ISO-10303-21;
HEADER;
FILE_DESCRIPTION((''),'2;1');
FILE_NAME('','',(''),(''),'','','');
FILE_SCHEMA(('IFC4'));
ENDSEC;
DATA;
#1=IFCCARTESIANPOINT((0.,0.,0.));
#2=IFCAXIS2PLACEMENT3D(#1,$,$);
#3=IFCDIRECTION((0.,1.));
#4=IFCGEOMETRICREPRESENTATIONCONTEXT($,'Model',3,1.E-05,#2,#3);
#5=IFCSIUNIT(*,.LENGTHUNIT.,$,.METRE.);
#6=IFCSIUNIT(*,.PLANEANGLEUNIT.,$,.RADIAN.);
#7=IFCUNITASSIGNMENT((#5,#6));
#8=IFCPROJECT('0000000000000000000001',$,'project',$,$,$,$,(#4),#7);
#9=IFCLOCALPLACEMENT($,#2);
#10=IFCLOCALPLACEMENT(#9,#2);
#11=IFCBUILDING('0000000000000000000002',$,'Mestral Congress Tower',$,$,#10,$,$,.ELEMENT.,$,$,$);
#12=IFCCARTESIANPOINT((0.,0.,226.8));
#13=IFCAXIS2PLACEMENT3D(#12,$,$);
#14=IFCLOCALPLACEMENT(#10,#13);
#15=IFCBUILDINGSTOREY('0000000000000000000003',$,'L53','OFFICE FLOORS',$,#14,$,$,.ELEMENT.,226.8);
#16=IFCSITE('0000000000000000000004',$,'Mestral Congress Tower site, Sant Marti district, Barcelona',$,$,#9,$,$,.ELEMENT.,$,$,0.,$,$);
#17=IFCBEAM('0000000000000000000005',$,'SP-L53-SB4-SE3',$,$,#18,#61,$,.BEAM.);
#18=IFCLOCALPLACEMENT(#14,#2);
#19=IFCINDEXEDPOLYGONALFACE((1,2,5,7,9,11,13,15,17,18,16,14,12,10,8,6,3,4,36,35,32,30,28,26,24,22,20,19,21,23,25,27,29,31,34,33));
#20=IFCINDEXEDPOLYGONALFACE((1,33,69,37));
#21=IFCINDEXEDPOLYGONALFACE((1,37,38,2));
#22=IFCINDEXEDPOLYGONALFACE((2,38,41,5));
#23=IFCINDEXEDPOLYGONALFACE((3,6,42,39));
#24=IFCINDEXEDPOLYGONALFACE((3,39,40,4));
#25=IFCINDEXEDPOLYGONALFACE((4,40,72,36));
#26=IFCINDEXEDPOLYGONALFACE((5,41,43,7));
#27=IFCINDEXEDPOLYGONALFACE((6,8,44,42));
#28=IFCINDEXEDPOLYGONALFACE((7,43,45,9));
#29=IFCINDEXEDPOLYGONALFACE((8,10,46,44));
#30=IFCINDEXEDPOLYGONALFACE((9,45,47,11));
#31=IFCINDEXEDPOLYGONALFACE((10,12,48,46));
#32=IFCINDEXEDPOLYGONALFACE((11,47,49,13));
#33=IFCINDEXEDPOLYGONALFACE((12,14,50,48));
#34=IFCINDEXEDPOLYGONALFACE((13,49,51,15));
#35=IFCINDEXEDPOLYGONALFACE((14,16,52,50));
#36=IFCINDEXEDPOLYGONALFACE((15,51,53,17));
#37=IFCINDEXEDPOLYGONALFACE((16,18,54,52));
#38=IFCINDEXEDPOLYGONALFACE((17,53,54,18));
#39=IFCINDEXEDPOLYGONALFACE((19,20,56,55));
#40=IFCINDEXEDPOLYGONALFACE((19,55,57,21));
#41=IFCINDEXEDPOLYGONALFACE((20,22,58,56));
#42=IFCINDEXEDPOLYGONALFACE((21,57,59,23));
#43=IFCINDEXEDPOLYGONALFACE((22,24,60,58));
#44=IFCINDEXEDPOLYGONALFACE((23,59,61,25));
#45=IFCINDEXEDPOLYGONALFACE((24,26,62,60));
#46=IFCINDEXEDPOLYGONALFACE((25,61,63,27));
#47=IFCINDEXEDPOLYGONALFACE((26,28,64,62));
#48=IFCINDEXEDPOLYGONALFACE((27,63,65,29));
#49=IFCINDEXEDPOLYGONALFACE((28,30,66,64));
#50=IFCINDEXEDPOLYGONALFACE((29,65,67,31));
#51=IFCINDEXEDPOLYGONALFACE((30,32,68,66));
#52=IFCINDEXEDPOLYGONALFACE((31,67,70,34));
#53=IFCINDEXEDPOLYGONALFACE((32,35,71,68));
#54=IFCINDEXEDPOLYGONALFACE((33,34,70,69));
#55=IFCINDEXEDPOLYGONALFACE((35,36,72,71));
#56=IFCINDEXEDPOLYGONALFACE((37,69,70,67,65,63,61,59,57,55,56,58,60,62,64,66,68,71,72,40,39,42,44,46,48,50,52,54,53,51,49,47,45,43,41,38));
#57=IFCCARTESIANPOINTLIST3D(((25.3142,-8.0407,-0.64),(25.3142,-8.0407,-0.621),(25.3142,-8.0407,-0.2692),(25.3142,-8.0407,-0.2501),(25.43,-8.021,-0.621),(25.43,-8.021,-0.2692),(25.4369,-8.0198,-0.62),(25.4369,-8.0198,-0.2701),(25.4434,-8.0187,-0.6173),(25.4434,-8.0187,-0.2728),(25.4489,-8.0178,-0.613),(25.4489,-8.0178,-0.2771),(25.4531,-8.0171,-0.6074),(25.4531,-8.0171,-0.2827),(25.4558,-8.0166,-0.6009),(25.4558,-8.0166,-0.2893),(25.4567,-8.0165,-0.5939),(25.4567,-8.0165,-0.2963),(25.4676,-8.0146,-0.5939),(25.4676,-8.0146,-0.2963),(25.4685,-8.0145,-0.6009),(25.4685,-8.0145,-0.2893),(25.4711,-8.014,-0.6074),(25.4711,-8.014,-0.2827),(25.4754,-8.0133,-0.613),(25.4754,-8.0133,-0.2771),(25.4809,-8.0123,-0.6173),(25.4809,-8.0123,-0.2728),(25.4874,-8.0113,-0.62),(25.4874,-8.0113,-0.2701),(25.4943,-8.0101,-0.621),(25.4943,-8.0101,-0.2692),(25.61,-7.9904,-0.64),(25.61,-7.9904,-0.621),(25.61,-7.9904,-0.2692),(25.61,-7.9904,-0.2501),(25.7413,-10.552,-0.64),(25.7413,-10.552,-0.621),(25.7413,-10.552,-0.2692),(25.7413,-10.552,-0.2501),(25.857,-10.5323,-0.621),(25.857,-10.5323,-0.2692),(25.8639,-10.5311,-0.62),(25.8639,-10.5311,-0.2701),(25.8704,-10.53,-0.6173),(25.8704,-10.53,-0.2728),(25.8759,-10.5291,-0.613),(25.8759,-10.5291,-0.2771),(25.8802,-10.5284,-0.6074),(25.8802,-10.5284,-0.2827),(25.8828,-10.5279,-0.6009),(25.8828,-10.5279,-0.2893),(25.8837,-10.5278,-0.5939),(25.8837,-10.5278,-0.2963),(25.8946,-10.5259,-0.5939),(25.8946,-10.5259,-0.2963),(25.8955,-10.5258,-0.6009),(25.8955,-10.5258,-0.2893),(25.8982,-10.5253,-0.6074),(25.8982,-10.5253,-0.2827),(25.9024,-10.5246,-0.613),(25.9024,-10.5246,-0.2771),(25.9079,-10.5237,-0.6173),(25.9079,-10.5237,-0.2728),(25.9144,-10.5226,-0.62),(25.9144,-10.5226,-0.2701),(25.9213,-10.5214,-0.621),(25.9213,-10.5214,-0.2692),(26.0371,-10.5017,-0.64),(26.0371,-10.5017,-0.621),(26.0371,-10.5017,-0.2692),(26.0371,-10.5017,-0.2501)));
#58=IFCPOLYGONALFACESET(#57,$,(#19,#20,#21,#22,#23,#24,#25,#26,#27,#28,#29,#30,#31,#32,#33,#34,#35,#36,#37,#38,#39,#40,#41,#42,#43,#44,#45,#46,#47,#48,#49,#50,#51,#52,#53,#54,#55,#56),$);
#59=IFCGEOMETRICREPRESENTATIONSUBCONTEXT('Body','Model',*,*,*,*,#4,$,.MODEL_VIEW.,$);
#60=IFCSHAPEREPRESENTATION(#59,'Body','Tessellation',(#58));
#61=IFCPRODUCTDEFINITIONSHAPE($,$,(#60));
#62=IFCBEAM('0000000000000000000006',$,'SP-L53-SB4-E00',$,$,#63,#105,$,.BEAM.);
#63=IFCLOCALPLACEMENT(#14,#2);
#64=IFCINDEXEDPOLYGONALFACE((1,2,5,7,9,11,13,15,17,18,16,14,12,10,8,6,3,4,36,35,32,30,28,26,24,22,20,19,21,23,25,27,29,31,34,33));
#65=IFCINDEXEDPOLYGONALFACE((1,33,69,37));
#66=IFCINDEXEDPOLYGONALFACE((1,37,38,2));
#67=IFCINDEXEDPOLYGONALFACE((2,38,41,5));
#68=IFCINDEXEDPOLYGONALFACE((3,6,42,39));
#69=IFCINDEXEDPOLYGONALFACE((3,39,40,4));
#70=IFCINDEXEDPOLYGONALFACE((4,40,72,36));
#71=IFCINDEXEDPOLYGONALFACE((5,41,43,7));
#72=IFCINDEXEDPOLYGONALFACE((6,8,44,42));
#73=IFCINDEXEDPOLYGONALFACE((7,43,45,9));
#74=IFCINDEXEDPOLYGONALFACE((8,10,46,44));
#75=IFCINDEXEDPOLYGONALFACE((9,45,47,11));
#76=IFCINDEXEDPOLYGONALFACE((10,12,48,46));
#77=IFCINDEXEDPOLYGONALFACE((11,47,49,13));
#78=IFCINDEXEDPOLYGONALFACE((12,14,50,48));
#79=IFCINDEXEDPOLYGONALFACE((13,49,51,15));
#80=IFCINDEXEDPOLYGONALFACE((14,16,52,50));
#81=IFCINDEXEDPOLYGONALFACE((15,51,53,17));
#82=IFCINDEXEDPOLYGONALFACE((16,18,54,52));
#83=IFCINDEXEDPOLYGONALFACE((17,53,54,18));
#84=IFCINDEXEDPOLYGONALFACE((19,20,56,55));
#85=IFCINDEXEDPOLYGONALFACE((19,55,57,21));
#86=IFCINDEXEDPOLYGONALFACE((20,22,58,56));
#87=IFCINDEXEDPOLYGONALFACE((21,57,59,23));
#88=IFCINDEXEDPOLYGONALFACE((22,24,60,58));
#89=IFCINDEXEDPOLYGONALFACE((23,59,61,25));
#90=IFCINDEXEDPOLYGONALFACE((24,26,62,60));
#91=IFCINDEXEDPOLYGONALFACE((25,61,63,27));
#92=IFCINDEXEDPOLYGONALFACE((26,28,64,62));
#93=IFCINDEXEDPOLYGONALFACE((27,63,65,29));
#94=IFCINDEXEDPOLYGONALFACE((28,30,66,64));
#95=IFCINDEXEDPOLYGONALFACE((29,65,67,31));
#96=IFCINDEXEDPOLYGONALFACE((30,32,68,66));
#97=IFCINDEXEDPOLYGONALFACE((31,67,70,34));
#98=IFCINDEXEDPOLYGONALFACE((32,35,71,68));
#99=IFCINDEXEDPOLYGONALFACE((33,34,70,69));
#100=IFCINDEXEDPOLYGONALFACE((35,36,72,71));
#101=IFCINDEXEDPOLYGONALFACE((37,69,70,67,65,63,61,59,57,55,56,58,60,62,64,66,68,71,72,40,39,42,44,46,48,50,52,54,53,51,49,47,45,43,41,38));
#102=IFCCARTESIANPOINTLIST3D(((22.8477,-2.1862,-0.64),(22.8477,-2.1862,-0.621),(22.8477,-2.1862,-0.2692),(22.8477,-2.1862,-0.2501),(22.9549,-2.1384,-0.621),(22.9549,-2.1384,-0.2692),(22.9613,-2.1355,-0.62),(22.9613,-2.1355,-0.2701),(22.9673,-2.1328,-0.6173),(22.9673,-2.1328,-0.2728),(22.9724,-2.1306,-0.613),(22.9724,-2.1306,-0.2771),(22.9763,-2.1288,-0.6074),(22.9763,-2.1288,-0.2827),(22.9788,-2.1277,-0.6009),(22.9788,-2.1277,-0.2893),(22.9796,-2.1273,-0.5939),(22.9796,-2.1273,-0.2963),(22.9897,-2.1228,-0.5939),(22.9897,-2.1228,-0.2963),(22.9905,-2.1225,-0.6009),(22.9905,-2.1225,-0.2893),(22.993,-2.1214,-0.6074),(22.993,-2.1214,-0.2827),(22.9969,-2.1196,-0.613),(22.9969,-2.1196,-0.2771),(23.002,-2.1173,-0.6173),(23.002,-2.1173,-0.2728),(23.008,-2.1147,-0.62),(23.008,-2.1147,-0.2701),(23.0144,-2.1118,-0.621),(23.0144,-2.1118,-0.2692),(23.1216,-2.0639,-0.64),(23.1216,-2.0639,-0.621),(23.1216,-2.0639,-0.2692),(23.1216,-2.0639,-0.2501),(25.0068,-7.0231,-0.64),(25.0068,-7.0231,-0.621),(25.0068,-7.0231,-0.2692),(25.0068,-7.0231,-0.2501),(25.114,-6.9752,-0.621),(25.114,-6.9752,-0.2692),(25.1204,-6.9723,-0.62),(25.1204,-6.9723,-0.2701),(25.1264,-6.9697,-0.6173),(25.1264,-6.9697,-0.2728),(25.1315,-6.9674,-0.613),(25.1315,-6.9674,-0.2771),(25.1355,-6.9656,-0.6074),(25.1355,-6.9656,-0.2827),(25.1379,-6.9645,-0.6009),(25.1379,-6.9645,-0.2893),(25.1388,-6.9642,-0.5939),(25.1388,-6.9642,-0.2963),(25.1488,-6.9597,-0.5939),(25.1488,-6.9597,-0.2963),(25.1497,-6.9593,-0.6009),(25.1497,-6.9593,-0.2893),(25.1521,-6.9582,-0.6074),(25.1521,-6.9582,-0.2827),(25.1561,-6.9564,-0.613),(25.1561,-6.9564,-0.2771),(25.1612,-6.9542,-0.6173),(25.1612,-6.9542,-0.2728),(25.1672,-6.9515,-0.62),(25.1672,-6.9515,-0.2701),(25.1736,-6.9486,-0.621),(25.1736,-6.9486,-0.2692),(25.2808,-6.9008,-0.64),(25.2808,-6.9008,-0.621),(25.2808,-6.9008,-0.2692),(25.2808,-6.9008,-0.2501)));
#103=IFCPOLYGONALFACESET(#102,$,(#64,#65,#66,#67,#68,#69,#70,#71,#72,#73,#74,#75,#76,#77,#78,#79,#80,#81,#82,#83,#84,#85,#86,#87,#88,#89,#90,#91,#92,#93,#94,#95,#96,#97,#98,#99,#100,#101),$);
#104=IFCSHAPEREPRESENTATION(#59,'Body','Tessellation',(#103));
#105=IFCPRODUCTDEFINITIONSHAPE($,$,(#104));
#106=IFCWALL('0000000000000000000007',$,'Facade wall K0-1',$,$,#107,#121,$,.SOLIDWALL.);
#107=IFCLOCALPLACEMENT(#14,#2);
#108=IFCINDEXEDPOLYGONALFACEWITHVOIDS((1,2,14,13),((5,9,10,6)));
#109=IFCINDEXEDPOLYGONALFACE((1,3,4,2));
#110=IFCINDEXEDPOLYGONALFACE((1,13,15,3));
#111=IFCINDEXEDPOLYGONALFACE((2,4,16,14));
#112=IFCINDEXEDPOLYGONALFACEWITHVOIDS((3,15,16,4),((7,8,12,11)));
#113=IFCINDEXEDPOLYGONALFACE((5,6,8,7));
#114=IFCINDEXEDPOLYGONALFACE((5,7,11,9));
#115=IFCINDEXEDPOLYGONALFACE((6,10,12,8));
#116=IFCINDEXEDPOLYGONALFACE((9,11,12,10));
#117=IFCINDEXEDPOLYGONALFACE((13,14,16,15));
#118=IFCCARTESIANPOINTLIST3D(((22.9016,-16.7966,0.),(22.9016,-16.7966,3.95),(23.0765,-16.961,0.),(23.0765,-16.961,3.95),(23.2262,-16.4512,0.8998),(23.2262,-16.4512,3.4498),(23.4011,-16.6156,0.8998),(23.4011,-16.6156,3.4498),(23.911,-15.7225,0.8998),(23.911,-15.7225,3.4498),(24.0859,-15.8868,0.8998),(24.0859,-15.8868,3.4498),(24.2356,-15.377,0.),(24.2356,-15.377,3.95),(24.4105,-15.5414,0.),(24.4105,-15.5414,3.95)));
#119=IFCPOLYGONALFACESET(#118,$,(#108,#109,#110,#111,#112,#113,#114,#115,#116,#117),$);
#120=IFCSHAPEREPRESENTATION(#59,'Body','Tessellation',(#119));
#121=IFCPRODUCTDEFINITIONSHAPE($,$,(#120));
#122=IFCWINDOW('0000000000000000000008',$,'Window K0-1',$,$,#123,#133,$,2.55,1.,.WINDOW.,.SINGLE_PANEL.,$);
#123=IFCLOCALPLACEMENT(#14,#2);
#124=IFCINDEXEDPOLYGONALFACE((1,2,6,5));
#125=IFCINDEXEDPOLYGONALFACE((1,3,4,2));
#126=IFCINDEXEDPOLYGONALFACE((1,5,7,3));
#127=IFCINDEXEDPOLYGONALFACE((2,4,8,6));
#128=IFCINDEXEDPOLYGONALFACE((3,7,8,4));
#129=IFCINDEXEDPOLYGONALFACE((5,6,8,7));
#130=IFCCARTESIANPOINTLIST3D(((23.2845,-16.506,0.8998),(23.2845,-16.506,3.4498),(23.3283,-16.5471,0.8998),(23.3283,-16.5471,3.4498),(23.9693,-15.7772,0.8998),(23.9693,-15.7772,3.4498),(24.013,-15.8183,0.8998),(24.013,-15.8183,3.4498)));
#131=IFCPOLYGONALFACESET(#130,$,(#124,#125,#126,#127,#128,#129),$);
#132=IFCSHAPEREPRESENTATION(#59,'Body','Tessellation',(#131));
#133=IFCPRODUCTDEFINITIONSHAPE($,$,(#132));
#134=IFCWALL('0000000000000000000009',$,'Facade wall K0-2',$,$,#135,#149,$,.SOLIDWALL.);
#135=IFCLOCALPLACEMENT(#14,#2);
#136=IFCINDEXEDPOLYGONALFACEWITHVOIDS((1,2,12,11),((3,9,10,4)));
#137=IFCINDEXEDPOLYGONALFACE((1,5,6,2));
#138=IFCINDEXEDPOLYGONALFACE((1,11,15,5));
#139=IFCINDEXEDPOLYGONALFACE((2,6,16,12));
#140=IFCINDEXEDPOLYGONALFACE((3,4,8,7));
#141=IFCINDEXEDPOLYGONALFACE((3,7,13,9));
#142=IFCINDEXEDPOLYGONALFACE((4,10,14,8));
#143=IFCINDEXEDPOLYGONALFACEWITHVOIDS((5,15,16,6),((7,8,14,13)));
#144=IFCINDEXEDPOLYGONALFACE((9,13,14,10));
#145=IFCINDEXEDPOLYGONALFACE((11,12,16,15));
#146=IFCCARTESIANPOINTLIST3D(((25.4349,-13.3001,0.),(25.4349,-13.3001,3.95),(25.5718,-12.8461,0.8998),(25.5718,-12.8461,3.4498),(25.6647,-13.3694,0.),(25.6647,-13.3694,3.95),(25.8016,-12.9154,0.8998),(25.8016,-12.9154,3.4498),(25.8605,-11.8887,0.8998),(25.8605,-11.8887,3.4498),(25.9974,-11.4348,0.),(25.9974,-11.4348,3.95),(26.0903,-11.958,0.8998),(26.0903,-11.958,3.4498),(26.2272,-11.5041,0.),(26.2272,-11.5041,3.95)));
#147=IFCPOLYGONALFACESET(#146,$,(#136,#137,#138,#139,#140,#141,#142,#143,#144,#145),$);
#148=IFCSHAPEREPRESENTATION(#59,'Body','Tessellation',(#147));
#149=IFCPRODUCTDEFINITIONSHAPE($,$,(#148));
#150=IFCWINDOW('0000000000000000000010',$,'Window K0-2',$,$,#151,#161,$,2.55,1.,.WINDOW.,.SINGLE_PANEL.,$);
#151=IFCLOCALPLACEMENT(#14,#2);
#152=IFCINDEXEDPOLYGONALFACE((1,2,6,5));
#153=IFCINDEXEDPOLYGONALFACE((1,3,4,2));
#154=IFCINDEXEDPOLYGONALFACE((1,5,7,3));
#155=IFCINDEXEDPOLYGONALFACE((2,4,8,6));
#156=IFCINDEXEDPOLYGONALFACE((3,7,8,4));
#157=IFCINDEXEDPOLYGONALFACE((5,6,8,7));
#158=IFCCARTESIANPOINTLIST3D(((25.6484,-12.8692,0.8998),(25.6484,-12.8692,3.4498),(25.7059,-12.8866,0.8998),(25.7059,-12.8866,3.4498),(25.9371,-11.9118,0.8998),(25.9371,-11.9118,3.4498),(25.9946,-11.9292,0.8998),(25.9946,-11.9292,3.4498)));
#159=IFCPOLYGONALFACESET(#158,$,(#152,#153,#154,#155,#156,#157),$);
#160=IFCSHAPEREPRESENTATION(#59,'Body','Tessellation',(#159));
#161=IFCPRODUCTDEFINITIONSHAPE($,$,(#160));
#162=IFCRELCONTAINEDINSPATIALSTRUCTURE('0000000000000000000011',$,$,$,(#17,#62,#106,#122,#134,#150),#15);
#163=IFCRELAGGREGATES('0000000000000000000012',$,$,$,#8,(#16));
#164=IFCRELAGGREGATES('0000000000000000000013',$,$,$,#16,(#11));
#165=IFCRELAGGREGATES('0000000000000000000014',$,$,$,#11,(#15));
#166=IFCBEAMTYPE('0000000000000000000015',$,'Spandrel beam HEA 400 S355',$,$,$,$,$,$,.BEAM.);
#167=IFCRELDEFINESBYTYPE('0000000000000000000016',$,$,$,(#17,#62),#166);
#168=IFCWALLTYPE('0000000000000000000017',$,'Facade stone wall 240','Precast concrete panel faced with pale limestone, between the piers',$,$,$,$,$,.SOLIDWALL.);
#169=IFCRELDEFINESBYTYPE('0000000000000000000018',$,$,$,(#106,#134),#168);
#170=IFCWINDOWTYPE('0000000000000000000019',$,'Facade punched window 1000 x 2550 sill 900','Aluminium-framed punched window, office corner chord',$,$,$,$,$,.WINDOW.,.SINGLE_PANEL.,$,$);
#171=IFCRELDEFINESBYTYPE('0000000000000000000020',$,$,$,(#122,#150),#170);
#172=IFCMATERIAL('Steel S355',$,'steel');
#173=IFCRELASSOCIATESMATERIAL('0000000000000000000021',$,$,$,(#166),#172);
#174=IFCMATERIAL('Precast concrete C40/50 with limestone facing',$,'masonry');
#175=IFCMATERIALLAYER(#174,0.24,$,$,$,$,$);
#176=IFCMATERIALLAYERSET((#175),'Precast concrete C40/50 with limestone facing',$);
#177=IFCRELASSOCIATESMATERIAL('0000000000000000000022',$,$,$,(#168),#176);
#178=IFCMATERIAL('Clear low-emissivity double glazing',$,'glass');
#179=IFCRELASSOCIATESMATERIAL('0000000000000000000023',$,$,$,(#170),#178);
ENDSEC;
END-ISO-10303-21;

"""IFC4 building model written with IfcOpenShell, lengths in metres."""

from ifc_helpers import new_model, si_unit, direction, frame, frame_2d, origin, origin_2d, place, context, subcontext, project, spatial, rectangle, i_section, extrude, material, layer, layer_set, material_profile, profile_set, type_object, element, fill, save


model = new_model("IFC4")

# Units and contexts
model_context = context("Model", 3, precision=1e-05, world=origin(), true_north=direction((0.0, 1.0)))
body_context = subcontext(model_context, "Body", "Model", "MODEL_VIEW")
ifc_project = project(units=[si_unit("LENGTHUNIT", "METRE"), si_unit("PLANEANGLEUNIT", "RADIAN")], contexts=[model_context])

# Site, building, storey
site_placement = place(None, origin())
site = spatial("IfcSite", under=ifc_project, at=site_placement, Name="Mestral Congress Tower site, Sant Marti district, Barcelona", CompositionType="ELEMENT", RefElevation=0.0)
building_placement = place(site_placement, origin())
building = spatial("IfcBuilding", under=site, at=building_placement, Name="Mestral Congress Tower", CompositionType="ELEMENT")
storey_placement = place(building_placement, frame((0.0, 0.0, 226.8)))
storey = spatial("IfcBuildingStorey", under=building, at=storey_placement, Name="L53", Description="OFFICE FLOORS", CompositionType="ELEMENT", Elevation=226.8)

# Beams
ifc_material_1 = material(Name="Steel S355", Category="steel")
ifc_material_profile_1 = material_profile(ifc_material_1, i_section(OverallWidth=0.3, OverallDepth=0.3899, WebThickness=0.011, FlangeThickness=0.019, FilletRadius=0.0271, at=origin_2d()), Name="HEA 400")
ifc_profile_set_1 = profile_set([ifc_material_profile_1], Name="Steel S355")
beam_type_1 = type_object("IfcBeamType", Name="Spandrel beam HEA 400 S355", PredefinedType="BEAM", material=ifc_profile_set_1)
beam_1_placement = place(storey_placement, frame((25.8892, -10.5269, -0.4451), z_axis=(-0.167631, 0.98585, 0.0), x_axis=(-0.98585, -0.167631, 0.0)))
element("IfcBeam", 1, at=beam_1_placement, inside=storey, type_object=beam_type_1, Name="SP-L53-SB4-SE3", PredefinedType="BEAM", context=body_context, shape_type="SweptSolid", body=[
    extrude(i_section(OverallWidth=0.3, OverallDepth=0.3899, WebThickness=0.011, FlangeThickness=0.019, FilletRadius=0.0271, at=origin_2d()), origin(), (0.0, 0.0, 1.0), 2.5474),
])
beam_2_placement = place(storey_placement, frame((25.1438, -6.9619, -0.4451), z_axis=(-0.407626, 0.913149, 0.0), x_axis=(-0.913149, -0.407626, 0.0)))
element("IfcBeam", 2, at=beam_2_placement, inside=storey, type_object=beam_type_1, Name="SP-L53-SB4-E00", PredefinedType="BEAM", context=body_context, shape_type="SweptSolid", body=[
    extrude(i_section(OverallWidth=0.3, OverallDepth=0.3899, WebThickness=0.011, FlangeThickness=0.019, FilletRadius=0.0271, at=origin_2d()), origin(), (0.0, 0.0, 1.0), 5.2969),
])

# Walls, openings, windows
ifc_material_2 = material(Name="Precast concrete C40/50 with limestone facing", Category="masonry")
ifc_layer_1 = layer(ifc_material_2, 0.24)
ifc_layer_set_1 = layer_set([ifc_layer_1], Name="Precast concrete C40/50 with limestone facing")
wall_type_1 = type_object("IfcWallType", Name="Facade stone wall 240", Description="Precast concrete panel faced with pale limestone, between the piers", PredefinedType="SOLIDWALL", material=ifc_layer_set_1)
wall_1_placement = place(storey_placement, frame((22.989, -16.8789, 0.0), z_axis=(0.0, 0.0, 1.0), x_axis=(0.68477, 0.728759, 0.0)))
wall_1 = element("IfcWall", 3, at=wall_1_placement, inside=storey, type_object=wall_type_1, Name="Facade wall K0-1", PredefinedType="SOLIDWALL", context=body_context, shape_type="SweptSolid", body=[
    extrude(rectangle(XDim=1.948, YDim=0.24, at=frame_2d((0.9741, 0.0))), origin(), (0.0, 0.0, 1.0), 3.95),
])
opening_1_placement = place(wall_1_placement, frame((0.4741, 0.0, 0.8999)))
opening_1 = element("IfcOpeningElement", 4, at=opening_1_placement, cuts=wall_1, PredefinedType="OPENING", context=body_context, shape_type="SweptSolid", body=[
    extrude(rectangle(XDim=1.0, YDim=2.55, at=frame_2d((0.5, 1.2749))), frame((0.0, 0.1299, 0.0), z_axis=(0.0, -1.0, 0.0), x_axis=(1.0, 0.0, 0.0)), (0.0, 0.0, 1.0), 0.26),
])
ifc_material_3 = material(Name="Clear low-emissivity double glazing", Category="glass")
window_type_1 = type_object("IfcWindowType", Name="Facade punched window 1000 x 2550 sill 900", Description="Aluminium-framed punched window, office corner chord", PartitioningType="SINGLE_PANEL", PredefinedType="WINDOW", material=ifc_material_3)
window_1_placement = place(opening_1_placement, origin())
window_1 = element("IfcWindow", 5, at=window_1_placement, inside=storey, type_object=window_type_1, Name="Window K0-1", OverallHeight=2.55, OverallWidth=1.0, PartitioningType="SINGLE_PANEL", PredefinedType="WINDOW", context=body_context, shape_type="SweptSolid", body=[
    extrude(rectangle(XDim=1.0, YDim=2.55, at=frame_2d((0.5, 1.2749))), frame((0.0, 0.04, 0.0), z_axis=(0.0, -1.0, 0.0), x_axis=(1.0, 0.0, 0.0)), (0.0, 0.0, 1.0), 0.0601),
])
fill(opening_1, window_1)
wall_2_placement = place(storey_placement, frame((25.5498, -13.3347, 0.0), z_axis=(0.0, 0.0, 1.0), x_axis=(0.288727, 0.957411, 0.0)))
wall_2 = element("IfcWall", 6, at=wall_2_placement, inside=storey, type_object=wall_type_1, Name="Facade wall K0-2", PredefinedType="SOLIDWALL", context=body_context, shape_type="SweptSolid", body=[
    extrude(rectangle(XDim=1.9482, YDim=0.24, at=frame_2d((0.9741, 0.0))), origin(), (0.0, 0.0, 1.0), 3.95),
])
opening_2_placement = place(wall_2_placement, frame((0.4741, 0.0, 0.8999)))
opening_2 = element("IfcOpeningElement", 7, at=opening_2_placement, cuts=wall_2, PredefinedType="OPENING", context=body_context, shape_type="SweptSolid", body=[
    extrude(rectangle(XDim=1.0, YDim=2.55, at=frame_2d((0.5, 1.2749))), frame((0.0, 0.1299, 0.0), z_axis=(0.0, -1.0, 0.0), x_axis=(1.0, 0.0, 0.0)), (0.0, 0.0, 1.0), 0.26),
])
window_2_placement = place(opening_2_placement, origin())
window_2 = element("IfcWindow", 8, at=window_2_placement, inside=storey, type_object=window_type_1, Name="Window K0-2", OverallHeight=2.55, OverallWidth=1.0, PartitioningType="SINGLE_PANEL", PredefinedType="WINDOW", context=body_context, shape_type="SweptSolid", body=[
    extrude(rectangle(XDim=1.0, YDim=2.55, at=frame_2d((0.5, 1.2749))), frame((0.0, 0.04, 0.0), z_axis=(0.0, -1.0, 0.0), x_axis=(1.0, 0.0, 0.0)), (0.0, 0.0, 1.0), 0.0601),
])
fill(opening_2, window_2)

save(model, "model.ifc")
